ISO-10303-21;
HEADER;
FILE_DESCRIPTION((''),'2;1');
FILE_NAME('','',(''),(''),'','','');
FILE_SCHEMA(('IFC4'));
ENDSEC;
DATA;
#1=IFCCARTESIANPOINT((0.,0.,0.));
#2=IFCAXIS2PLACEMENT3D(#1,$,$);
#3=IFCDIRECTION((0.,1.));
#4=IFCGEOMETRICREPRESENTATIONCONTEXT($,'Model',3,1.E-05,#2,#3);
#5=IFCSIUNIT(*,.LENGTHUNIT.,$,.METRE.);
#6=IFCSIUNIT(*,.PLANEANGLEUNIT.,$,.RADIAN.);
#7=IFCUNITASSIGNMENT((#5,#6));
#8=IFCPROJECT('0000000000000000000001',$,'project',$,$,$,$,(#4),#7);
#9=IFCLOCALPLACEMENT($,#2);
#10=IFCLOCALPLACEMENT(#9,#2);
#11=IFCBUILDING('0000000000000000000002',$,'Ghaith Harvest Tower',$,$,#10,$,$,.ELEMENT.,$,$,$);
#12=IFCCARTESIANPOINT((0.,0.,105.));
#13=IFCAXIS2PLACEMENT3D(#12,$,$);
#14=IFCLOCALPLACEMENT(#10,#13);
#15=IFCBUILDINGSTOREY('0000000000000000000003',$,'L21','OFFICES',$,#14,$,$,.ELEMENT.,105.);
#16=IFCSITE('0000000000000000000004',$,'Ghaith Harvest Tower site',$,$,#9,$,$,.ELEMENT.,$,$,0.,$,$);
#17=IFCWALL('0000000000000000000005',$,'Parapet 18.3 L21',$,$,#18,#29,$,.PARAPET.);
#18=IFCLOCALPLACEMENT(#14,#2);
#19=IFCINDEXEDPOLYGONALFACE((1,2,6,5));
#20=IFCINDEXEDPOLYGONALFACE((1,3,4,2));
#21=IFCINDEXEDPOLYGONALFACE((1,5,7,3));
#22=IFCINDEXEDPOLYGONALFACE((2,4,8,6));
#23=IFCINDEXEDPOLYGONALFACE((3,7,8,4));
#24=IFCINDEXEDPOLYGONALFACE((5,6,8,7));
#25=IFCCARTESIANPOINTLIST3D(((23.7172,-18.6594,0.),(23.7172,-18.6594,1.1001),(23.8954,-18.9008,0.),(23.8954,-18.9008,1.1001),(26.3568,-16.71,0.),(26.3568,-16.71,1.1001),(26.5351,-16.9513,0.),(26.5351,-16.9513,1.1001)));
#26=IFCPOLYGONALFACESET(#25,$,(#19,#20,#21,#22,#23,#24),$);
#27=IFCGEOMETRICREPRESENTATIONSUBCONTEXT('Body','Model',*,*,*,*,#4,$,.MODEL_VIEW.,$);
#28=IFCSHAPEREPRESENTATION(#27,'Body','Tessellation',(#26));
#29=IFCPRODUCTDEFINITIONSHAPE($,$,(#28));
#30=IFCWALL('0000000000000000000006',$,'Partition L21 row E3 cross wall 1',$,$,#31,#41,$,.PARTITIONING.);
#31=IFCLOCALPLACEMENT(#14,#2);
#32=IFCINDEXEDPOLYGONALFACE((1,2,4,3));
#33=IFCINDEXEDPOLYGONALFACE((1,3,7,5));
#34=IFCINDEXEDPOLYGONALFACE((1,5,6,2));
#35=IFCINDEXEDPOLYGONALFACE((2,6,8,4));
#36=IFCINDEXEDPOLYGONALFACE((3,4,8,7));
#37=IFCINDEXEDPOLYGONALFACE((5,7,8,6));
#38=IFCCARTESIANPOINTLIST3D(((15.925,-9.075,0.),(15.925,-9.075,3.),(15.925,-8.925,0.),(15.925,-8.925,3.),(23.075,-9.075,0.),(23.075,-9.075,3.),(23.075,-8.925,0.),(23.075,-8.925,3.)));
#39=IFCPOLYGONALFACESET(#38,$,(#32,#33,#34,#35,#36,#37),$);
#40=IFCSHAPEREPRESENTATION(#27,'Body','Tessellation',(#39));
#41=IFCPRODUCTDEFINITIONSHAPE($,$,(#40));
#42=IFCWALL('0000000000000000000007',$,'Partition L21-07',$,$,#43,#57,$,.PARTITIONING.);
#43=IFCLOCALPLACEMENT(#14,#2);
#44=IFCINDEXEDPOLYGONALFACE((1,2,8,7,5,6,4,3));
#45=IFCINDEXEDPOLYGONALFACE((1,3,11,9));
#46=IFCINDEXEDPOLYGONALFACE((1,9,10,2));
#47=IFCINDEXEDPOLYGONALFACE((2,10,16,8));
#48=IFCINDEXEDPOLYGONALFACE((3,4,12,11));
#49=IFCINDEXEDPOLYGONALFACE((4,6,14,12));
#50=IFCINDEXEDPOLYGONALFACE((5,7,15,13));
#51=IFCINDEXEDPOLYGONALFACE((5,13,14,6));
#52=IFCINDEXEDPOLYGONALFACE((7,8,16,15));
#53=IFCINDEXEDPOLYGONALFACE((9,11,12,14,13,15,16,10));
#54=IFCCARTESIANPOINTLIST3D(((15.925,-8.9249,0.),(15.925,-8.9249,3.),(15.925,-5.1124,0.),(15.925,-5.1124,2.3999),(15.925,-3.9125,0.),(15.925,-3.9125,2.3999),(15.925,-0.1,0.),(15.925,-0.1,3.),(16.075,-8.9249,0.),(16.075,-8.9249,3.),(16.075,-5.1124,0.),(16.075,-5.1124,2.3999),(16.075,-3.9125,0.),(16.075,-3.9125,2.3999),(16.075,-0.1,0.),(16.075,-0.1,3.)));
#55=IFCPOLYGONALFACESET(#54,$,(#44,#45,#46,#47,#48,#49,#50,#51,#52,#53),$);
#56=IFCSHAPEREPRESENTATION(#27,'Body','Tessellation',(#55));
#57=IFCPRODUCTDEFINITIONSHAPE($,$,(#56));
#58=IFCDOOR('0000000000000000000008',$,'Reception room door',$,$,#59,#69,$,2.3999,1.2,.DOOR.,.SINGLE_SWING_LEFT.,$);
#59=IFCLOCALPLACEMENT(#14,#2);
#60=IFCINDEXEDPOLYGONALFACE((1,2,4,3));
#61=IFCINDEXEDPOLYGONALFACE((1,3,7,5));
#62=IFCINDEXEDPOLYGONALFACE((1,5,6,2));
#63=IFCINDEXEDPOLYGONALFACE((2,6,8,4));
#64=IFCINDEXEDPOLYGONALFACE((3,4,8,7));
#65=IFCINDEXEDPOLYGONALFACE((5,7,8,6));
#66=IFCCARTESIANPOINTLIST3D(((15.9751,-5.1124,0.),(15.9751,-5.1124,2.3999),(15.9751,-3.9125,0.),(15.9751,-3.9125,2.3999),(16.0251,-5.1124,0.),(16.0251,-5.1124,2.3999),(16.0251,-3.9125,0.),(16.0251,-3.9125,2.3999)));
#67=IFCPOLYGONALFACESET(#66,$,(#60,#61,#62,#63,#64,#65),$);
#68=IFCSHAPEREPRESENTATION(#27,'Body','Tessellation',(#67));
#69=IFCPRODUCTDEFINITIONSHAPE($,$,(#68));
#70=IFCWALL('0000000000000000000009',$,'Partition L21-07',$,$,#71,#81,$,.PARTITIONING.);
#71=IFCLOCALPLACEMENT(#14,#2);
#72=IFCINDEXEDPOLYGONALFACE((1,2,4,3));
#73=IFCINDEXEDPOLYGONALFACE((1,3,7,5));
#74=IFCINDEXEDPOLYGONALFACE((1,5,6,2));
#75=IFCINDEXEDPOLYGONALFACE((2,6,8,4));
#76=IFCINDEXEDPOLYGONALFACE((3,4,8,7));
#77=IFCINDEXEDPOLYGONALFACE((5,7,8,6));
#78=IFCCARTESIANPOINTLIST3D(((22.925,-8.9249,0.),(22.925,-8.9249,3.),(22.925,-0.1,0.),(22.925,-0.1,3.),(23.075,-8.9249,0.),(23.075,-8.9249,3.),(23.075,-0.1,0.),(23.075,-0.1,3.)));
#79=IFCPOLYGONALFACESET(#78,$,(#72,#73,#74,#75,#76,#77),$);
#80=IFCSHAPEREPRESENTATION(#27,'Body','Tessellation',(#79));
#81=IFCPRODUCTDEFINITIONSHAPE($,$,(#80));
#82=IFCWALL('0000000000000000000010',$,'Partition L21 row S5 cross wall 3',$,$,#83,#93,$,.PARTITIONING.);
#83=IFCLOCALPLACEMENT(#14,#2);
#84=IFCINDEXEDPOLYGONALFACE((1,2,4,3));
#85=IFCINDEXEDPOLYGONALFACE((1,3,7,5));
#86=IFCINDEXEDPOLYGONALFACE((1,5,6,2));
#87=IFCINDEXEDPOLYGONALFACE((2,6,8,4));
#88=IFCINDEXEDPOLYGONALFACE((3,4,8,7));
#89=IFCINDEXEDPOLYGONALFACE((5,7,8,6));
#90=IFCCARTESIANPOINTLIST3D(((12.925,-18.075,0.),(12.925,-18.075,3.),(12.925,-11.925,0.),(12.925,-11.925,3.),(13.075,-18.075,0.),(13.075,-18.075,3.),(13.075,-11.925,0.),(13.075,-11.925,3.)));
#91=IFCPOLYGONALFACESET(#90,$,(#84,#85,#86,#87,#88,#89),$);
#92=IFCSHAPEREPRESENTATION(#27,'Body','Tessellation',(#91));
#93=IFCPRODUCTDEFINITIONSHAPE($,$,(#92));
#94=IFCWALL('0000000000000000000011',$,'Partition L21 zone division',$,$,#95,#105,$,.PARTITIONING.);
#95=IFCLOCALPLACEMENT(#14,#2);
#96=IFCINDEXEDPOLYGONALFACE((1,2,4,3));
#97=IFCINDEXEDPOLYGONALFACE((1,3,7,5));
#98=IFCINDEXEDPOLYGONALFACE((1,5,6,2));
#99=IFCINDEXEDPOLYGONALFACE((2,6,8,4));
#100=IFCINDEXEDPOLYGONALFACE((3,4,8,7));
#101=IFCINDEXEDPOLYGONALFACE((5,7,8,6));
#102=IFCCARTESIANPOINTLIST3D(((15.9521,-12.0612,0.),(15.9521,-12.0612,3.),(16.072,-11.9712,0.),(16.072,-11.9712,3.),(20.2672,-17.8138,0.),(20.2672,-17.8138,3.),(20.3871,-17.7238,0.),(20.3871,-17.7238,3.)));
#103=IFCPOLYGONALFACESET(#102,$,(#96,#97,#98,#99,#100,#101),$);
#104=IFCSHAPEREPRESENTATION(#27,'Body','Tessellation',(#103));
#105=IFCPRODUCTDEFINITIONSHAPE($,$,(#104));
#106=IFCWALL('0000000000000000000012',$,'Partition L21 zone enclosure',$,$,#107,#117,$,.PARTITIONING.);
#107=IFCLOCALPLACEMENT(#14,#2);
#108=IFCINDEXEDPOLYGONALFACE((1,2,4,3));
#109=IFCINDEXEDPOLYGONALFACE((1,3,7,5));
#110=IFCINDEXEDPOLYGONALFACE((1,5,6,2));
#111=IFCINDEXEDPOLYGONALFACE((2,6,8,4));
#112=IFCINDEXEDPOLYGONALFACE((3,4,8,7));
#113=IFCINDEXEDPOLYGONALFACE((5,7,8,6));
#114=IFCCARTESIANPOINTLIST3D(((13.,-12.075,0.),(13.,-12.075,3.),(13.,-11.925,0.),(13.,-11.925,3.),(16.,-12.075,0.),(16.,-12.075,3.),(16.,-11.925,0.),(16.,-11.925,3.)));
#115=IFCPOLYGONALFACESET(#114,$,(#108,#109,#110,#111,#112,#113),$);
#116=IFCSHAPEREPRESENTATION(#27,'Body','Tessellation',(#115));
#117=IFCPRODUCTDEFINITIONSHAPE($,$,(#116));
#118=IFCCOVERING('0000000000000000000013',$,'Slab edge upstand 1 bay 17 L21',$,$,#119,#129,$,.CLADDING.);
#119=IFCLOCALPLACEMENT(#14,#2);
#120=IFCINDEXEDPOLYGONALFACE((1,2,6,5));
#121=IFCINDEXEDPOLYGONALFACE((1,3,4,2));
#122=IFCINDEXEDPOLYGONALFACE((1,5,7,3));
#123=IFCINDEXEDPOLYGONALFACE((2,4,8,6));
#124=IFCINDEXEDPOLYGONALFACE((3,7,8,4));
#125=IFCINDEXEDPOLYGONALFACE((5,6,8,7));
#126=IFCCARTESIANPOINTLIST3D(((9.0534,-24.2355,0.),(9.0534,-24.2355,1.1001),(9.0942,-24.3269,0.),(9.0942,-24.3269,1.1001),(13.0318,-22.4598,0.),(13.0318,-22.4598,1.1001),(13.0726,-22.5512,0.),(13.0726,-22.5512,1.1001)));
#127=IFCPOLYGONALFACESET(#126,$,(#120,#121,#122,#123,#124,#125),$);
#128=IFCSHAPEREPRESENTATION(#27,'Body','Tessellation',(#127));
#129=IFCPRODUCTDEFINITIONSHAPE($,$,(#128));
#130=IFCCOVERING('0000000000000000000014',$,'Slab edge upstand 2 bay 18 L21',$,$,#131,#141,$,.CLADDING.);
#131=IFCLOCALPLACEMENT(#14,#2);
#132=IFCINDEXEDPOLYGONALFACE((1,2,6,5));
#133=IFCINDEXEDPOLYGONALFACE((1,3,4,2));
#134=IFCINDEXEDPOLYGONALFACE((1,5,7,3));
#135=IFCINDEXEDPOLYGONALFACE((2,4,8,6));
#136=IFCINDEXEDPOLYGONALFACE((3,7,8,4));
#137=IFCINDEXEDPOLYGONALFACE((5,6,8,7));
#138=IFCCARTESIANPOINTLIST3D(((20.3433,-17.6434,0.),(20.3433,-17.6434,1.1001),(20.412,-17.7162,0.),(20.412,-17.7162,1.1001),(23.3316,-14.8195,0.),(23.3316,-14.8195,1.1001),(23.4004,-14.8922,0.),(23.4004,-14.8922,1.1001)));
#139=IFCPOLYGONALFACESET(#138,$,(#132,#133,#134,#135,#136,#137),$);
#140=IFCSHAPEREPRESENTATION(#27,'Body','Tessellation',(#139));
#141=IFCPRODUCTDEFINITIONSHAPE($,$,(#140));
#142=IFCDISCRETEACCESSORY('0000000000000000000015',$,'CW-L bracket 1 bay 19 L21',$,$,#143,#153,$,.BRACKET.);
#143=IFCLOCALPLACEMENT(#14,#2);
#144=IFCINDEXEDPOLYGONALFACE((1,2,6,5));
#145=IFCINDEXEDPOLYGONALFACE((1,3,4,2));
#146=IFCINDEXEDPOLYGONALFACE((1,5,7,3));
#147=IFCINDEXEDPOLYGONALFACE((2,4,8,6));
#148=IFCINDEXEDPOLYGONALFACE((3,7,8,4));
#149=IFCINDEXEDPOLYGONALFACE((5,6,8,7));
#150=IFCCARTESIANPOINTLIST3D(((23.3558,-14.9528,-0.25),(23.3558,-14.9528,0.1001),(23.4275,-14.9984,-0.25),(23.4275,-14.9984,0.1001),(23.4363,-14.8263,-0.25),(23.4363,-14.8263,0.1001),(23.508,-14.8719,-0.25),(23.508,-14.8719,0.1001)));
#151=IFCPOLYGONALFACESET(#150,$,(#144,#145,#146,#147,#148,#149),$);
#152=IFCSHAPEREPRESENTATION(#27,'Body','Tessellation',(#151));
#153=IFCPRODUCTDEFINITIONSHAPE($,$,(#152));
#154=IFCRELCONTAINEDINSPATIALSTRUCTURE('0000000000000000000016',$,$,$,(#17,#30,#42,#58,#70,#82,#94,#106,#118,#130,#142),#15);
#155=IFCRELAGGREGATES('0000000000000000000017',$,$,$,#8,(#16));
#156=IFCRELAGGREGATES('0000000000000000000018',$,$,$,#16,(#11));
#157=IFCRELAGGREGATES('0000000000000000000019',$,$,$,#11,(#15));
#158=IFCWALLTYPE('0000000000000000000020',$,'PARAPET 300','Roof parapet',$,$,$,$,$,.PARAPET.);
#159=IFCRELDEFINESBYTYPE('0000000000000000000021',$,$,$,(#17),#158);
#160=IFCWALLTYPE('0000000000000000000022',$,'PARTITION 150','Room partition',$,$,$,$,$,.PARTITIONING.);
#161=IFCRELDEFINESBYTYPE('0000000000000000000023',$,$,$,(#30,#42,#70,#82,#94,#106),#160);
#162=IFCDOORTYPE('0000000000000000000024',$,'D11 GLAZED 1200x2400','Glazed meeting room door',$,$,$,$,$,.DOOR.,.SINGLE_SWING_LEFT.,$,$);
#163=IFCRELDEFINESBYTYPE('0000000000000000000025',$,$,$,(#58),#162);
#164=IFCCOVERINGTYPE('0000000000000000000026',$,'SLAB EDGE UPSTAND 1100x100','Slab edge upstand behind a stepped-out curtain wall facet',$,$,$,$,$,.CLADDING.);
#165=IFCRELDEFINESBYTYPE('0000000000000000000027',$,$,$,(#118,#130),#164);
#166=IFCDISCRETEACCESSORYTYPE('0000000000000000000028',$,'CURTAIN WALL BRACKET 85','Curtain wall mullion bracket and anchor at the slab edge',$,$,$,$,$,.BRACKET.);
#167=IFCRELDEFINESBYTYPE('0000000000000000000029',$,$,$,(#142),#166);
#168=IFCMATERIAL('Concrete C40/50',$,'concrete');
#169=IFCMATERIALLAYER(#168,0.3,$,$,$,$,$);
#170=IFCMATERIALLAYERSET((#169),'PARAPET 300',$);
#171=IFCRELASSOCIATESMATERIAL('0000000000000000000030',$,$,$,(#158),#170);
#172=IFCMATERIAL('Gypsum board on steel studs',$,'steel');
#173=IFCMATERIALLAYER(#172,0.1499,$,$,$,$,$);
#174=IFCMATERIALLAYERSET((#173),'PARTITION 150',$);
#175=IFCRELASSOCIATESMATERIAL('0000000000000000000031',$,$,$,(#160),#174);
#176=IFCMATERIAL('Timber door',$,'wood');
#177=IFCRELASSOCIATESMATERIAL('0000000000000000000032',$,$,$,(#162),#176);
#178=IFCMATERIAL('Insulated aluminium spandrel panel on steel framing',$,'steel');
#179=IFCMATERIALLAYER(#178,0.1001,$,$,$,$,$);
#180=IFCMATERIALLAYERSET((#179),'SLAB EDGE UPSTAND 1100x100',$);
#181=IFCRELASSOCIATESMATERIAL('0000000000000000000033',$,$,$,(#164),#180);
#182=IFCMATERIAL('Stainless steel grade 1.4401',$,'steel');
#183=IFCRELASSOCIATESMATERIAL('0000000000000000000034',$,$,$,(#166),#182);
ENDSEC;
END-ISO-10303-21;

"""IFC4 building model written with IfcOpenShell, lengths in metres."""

from ifc_helpers import new_model, si_unit, direction, frame, frame_2d, origin, origin_2d, place, context, subcontext, project, spatial, rectangle, extrude, material, layer, layer_set, type_object, element, fill, save


model = new_model("IFC4")

# Units and contexts
model_context = context("Model", 3, precision=1e-05, world=origin(), true_north=direction((0.0, 1.0)))
body_context = subcontext(model_context, "Body", "Model", "MODEL_VIEW")
ifc_project = project(units=[si_unit("LENGTHUNIT", "METRE"), si_unit("PLANEANGLEUNIT", "RADIAN")], contexts=[model_context])

# Site, building, storey
site_placement = place(None, origin())
site = spatial("IfcSite", under=ifc_project, at=site_placement, Name="Ghaith Harvest Tower site", CompositionType="ELEMENT", RefElevation=0.0)
building_placement = place(site_placement, origin())
building = spatial("IfcBuilding", under=site, at=building_placement, Name="Ghaith Harvest Tower", CompositionType="ELEMENT")
storey_placement = place(building_placement, frame((0.0, 0.0, 105.0)))
storey = spatial("IfcBuildingStorey", under=building, at=storey_placement, Name="L21", Description="OFFICES", CompositionType="ELEMENT", Elevation=105.0)

# Walls
ifc_material_1 = material(Name="Concrete C40/50", Category="concrete")
ifc_layer_1 = layer(ifc_material_1, 0.3)
ifc_layer_set_1 = layer_set([ifc_layer_1], Name="PARAPET 300")
wall_type_1 = type_object("IfcWallType", Name="PARAPET 300", Description="Roof parapet", PredefinedType="PARAPET", material=ifc_layer_set_1)
wall_1_placement = place(storey_placement, frame((23.8064, -18.78, 0.0), z_axis=(0.0, 0.0, 1.0), x_axis=(0.804406, 0.594079, 0.0)))
element("IfcWall", 1, at=wall_1_placement, inside=storey, type_object=wall_type_1, Name="Parapet 18.3 L21", PredefinedType="PARAPET", context=body_context, shape_type="SweptSolid", body=[
    extrude(rectangle(XDim=3.2815, YDim=0.3, at=frame_2d((1.6406, 0.0))), origin(), (0.0, 0.0, 1.0), 1.1001),
])
ifc_material_2 = material(Name="Gypsum board on steel studs", Category="steel")
ifc_layer_2 = layer(ifc_material_2, 0.1499)
ifc_layer_set_2 = layer_set([ifc_layer_2], Name="PARTITION 150")
wall_type_2 = type_object("IfcWallType", Name="PARTITION 150", Description="Room partition", PredefinedType="PARTITIONING", material=ifc_layer_set_2)
wall_2_placement = place(storey_placement, frame((15.925, -9.0, 0.0), z_axis=(0.0, 0.0, 1.0), x_axis=(1.0, 0.0, 0.0)))
element("IfcWall", 2, at=wall_2_placement, inside=storey, type_object=wall_type_2, Name="Partition L21 row E3 cross wall 1", PredefinedType="PARTITIONING", context=body_context, shape_type="SweptSolid", body=[
    extrude(rectangle(XDim=7.1499, YDim=0.1499, at=frame_2d((3.575, 0.0))), origin(), (0.0, 0.0, 1.0), 3.0),
])

# Wall, opening, door
wall_3_placement = place(storey_placement, frame((16.0, -8.925, 0.0), z_axis=(0.0, 0.0, 1.0), x_axis=(0.0, 1.0, 0.0)))
wall_3 = element("IfcWall", 3, at=wall_3_placement, inside=storey, type_object=wall_type_2, Name="Partition L21-07", PredefinedType="PARTITIONING", context=body_context, shape_type="SweptSolid", body=[
    extrude(rectangle(XDim=8.825, YDim=0.1499, at=frame_2d((4.4126, 0.0))), origin(), (0.0, 0.0, 1.0), 3.0),
])
opening_1_placement = place(wall_3_placement, frame((3.8125, 0.0, 0.0)))
opening_1 = element("IfcOpeningElement", 4, at=opening_1_placement, cuts=wall_3, PredefinedType="OPENING", context=body_context, shape_type="SweptSolid", body=[
    extrude(rectangle(XDim=1.2, YDim=2.3999, at=frame_2d((0.6001, 1.2))), frame((0.0, 0.085, 0.0), z_axis=(0.0, -1.0, 0.0), x_axis=(1.0, 0.0, 0.0)), (0.0, 0.0, 1.0), 0.1699),
])
ifc_material_3 = material(Name="Timber door", Category="wood")
door_type_1 = type_object("IfcDoorType", Name="D11 GLAZED 1200x2400", Description="Glazed meeting room door", OperationType="SINGLE_SWING_LEFT", PredefinedType="DOOR", material=ifc_material_3)
door_1_placement = place(opening_1_placement, origin())
door_1 = element("IfcDoor", 5, at=door_1_placement, inside=storey, type_object=door_type_1, Name="Reception room door", OperationType="SINGLE_SWING_LEFT", OverallHeight=2.3999, OverallWidth=1.2, PredefinedType="DOOR", context=body_context, shape_type="SweptSolid", body=[
    extrude(rectangle(XDim=1.2, YDim=2.3999, at=frame_2d((0.6001, 1.2))), frame((0.0, 0.0249, 0.0), z_axis=(0.0, -1.0, 0.0), x_axis=(1.0, 0.0, 0.0)), (0.0, 0.0, 1.0), 0.05),
])
fill(opening_1, door_1)

# Walls
wall_4_placement = place(storey_placement, frame((23.0, -8.925, 0.0), z_axis=(0.0, 0.0, 1.0), x_axis=(0.0, 1.0, 0.0)))
element("IfcWall", 6, at=wall_4_placement, inside=storey, type_object=wall_type_2, Name="Partition L21-07", PredefinedType="PARTITIONING", context=body_context, shape_type="SweptSolid", body=[
    extrude(rectangle(XDim=8.825, YDim=0.1499, at=frame_2d((4.4126, 0.0))), origin(), (0.0, 0.0, 1.0), 3.0),
])
wall_5_placement = place(storey_placement, frame((13.0, -11.925, 0.0), z_axis=(0.0, 0.0, 1.0), x_axis=(0.0, -1.0, 0.0)))
element("IfcWall", 7, at=wall_5_placement, inside=storey, type_object=wall_type_2, Name="Partition L21 row S5 cross wall 3", PredefinedType="PARTITIONING", context=body_context, shape_type="SweptSolid", body=[
    extrude(rectangle(XDim=6.1499, YDim=0.1499, at=frame_2d((3.075, 0.0))), origin(), (0.0, 0.0, 1.0), 3.0),
])
wall_6_placement = place(storey_placement, frame((16.012, -12.0161, 0.0), z_axis=(0.0, 0.0, 1.0), x_axis=(0.60006, -0.799955, 0.0)))
element("IfcWall", 8, at=wall_6_placement, inside=storey, type_object=wall_type_2, Name="Partition L21 zone division", PredefinedType="PARTITIONING", context=body_context, shape_type="SweptSolid", body=[
    extrude(rectangle(XDim=7.1912, YDim=0.1499, at=frame_2d((3.5957, 0.0))), origin(), (0.0, 0.0, 1.0), 3.0),
])
wall_7_placement = place(storey_placement, frame((13.0, -12.0, 0.0), z_axis=(0.0, 0.0, 1.0), x_axis=(1.0, 0.0, 0.0)))
element("IfcWall", 9, at=wall_7_placement, inside=storey, type_object=wall_type_2, Name="Partition L21 zone enclosure", PredefinedType="PARTITIONING", context=body_context, shape_type="SweptSolid", body=[
    extrude(rectangle(XDim=3.0, YDim=0.1499, at=frame_2d((1.5, 0.0))), origin(), (0.0, 0.0, 1.0), 3.0),
])

# Coverings
ifc_material_4 = material(Name="Insulated aluminium spandrel panel on steel framing", Category="steel")
ifc_layer_3 = layer(ifc_material_4, 0.1001)
ifc_layer_set_3 = layer_set([ifc_layer_3], Name="SLAB EDGE UPSTAND 1100x100")
covering_type = type_object("IfcCoveringType", Name="SLAB EDGE UPSTAND 1100x100", Description="Slab edge upstand behind a stepped-out curtain wall facet", PredefinedType="CLADDING", material=ifc_layer_set_3)
covering_1_placement = place(storey_placement, frame((11.063, -23.3933, 0.0), z_axis=(0.0, 0.0, 1.0), x_axis=(0.91317, 0.407578, 0.0)))
element("IfcCovering", 10, at=covering_1_placement, inside=storey, type_object=covering_type, Name="Slab edge upstand 1 bay 17 L21", PredefinedType="CLADDING", context=body_context, shape_type="SweptSolid", body=[
    extrude(rectangle(XDim=4.3567, YDim=0.1001, at=origin_2d()), origin(), (0.0, 0.0, 1.0), 1.1001),
])
covering_2_placement = place(storey_placement, frame((21.8718, -16.2678, 0.0), z_axis=(0.0, 0.0, 1.0), x_axis=(0.72681, 0.686839, 0.0)))
element("IfcCovering", 11, at=covering_2_placement, inside=storey, type_object=covering_type, Name="Slab edge upstand 2 bay 18 L21", PredefinedType="CLADDING", context=body_context, shape_type="SweptSolid", body=[
    extrude(rectangle(XDim=4.1116, YDim=0.1001, at=origin_2d()), origin(), (0.0, 0.0, 1.0), 1.1001),
])

# Discrete accessory
ifc_material_5 = material(Name="Stainless steel grade 1.4401", Category="steel")
discrete_accessory_type = type_object("IfcDiscreteAccessoryType", Name="CURTAIN WALL BRACKET 85", Description="Curtain wall mullion bracket and anchor at the slab edge", PredefinedType="BRACKET", material=ifc_material_5)
discrete_accessory_placement = place(storey_placement, frame((23.4319, -14.9124, -0.25), z_axis=(0.0, 0.0, 1.0), x_axis=(0.843644, -0.536903, 0.0)))
element("IfcDiscreteAccessory", 12, at=discrete_accessory_placement, inside=storey, type_object=discrete_accessory_type, Name="CW-L bracket 1 bay 19 L21", PredefinedType="BRACKET", context=body_context, shape_type="SweptSolid", body=[
    extrude(rectangle(XDim=0.085, YDim=0.1499, at=origin_2d()), origin(), (0.0, 0.0, 1.0), 0.3501),
])

save(model, "model.ifc")
